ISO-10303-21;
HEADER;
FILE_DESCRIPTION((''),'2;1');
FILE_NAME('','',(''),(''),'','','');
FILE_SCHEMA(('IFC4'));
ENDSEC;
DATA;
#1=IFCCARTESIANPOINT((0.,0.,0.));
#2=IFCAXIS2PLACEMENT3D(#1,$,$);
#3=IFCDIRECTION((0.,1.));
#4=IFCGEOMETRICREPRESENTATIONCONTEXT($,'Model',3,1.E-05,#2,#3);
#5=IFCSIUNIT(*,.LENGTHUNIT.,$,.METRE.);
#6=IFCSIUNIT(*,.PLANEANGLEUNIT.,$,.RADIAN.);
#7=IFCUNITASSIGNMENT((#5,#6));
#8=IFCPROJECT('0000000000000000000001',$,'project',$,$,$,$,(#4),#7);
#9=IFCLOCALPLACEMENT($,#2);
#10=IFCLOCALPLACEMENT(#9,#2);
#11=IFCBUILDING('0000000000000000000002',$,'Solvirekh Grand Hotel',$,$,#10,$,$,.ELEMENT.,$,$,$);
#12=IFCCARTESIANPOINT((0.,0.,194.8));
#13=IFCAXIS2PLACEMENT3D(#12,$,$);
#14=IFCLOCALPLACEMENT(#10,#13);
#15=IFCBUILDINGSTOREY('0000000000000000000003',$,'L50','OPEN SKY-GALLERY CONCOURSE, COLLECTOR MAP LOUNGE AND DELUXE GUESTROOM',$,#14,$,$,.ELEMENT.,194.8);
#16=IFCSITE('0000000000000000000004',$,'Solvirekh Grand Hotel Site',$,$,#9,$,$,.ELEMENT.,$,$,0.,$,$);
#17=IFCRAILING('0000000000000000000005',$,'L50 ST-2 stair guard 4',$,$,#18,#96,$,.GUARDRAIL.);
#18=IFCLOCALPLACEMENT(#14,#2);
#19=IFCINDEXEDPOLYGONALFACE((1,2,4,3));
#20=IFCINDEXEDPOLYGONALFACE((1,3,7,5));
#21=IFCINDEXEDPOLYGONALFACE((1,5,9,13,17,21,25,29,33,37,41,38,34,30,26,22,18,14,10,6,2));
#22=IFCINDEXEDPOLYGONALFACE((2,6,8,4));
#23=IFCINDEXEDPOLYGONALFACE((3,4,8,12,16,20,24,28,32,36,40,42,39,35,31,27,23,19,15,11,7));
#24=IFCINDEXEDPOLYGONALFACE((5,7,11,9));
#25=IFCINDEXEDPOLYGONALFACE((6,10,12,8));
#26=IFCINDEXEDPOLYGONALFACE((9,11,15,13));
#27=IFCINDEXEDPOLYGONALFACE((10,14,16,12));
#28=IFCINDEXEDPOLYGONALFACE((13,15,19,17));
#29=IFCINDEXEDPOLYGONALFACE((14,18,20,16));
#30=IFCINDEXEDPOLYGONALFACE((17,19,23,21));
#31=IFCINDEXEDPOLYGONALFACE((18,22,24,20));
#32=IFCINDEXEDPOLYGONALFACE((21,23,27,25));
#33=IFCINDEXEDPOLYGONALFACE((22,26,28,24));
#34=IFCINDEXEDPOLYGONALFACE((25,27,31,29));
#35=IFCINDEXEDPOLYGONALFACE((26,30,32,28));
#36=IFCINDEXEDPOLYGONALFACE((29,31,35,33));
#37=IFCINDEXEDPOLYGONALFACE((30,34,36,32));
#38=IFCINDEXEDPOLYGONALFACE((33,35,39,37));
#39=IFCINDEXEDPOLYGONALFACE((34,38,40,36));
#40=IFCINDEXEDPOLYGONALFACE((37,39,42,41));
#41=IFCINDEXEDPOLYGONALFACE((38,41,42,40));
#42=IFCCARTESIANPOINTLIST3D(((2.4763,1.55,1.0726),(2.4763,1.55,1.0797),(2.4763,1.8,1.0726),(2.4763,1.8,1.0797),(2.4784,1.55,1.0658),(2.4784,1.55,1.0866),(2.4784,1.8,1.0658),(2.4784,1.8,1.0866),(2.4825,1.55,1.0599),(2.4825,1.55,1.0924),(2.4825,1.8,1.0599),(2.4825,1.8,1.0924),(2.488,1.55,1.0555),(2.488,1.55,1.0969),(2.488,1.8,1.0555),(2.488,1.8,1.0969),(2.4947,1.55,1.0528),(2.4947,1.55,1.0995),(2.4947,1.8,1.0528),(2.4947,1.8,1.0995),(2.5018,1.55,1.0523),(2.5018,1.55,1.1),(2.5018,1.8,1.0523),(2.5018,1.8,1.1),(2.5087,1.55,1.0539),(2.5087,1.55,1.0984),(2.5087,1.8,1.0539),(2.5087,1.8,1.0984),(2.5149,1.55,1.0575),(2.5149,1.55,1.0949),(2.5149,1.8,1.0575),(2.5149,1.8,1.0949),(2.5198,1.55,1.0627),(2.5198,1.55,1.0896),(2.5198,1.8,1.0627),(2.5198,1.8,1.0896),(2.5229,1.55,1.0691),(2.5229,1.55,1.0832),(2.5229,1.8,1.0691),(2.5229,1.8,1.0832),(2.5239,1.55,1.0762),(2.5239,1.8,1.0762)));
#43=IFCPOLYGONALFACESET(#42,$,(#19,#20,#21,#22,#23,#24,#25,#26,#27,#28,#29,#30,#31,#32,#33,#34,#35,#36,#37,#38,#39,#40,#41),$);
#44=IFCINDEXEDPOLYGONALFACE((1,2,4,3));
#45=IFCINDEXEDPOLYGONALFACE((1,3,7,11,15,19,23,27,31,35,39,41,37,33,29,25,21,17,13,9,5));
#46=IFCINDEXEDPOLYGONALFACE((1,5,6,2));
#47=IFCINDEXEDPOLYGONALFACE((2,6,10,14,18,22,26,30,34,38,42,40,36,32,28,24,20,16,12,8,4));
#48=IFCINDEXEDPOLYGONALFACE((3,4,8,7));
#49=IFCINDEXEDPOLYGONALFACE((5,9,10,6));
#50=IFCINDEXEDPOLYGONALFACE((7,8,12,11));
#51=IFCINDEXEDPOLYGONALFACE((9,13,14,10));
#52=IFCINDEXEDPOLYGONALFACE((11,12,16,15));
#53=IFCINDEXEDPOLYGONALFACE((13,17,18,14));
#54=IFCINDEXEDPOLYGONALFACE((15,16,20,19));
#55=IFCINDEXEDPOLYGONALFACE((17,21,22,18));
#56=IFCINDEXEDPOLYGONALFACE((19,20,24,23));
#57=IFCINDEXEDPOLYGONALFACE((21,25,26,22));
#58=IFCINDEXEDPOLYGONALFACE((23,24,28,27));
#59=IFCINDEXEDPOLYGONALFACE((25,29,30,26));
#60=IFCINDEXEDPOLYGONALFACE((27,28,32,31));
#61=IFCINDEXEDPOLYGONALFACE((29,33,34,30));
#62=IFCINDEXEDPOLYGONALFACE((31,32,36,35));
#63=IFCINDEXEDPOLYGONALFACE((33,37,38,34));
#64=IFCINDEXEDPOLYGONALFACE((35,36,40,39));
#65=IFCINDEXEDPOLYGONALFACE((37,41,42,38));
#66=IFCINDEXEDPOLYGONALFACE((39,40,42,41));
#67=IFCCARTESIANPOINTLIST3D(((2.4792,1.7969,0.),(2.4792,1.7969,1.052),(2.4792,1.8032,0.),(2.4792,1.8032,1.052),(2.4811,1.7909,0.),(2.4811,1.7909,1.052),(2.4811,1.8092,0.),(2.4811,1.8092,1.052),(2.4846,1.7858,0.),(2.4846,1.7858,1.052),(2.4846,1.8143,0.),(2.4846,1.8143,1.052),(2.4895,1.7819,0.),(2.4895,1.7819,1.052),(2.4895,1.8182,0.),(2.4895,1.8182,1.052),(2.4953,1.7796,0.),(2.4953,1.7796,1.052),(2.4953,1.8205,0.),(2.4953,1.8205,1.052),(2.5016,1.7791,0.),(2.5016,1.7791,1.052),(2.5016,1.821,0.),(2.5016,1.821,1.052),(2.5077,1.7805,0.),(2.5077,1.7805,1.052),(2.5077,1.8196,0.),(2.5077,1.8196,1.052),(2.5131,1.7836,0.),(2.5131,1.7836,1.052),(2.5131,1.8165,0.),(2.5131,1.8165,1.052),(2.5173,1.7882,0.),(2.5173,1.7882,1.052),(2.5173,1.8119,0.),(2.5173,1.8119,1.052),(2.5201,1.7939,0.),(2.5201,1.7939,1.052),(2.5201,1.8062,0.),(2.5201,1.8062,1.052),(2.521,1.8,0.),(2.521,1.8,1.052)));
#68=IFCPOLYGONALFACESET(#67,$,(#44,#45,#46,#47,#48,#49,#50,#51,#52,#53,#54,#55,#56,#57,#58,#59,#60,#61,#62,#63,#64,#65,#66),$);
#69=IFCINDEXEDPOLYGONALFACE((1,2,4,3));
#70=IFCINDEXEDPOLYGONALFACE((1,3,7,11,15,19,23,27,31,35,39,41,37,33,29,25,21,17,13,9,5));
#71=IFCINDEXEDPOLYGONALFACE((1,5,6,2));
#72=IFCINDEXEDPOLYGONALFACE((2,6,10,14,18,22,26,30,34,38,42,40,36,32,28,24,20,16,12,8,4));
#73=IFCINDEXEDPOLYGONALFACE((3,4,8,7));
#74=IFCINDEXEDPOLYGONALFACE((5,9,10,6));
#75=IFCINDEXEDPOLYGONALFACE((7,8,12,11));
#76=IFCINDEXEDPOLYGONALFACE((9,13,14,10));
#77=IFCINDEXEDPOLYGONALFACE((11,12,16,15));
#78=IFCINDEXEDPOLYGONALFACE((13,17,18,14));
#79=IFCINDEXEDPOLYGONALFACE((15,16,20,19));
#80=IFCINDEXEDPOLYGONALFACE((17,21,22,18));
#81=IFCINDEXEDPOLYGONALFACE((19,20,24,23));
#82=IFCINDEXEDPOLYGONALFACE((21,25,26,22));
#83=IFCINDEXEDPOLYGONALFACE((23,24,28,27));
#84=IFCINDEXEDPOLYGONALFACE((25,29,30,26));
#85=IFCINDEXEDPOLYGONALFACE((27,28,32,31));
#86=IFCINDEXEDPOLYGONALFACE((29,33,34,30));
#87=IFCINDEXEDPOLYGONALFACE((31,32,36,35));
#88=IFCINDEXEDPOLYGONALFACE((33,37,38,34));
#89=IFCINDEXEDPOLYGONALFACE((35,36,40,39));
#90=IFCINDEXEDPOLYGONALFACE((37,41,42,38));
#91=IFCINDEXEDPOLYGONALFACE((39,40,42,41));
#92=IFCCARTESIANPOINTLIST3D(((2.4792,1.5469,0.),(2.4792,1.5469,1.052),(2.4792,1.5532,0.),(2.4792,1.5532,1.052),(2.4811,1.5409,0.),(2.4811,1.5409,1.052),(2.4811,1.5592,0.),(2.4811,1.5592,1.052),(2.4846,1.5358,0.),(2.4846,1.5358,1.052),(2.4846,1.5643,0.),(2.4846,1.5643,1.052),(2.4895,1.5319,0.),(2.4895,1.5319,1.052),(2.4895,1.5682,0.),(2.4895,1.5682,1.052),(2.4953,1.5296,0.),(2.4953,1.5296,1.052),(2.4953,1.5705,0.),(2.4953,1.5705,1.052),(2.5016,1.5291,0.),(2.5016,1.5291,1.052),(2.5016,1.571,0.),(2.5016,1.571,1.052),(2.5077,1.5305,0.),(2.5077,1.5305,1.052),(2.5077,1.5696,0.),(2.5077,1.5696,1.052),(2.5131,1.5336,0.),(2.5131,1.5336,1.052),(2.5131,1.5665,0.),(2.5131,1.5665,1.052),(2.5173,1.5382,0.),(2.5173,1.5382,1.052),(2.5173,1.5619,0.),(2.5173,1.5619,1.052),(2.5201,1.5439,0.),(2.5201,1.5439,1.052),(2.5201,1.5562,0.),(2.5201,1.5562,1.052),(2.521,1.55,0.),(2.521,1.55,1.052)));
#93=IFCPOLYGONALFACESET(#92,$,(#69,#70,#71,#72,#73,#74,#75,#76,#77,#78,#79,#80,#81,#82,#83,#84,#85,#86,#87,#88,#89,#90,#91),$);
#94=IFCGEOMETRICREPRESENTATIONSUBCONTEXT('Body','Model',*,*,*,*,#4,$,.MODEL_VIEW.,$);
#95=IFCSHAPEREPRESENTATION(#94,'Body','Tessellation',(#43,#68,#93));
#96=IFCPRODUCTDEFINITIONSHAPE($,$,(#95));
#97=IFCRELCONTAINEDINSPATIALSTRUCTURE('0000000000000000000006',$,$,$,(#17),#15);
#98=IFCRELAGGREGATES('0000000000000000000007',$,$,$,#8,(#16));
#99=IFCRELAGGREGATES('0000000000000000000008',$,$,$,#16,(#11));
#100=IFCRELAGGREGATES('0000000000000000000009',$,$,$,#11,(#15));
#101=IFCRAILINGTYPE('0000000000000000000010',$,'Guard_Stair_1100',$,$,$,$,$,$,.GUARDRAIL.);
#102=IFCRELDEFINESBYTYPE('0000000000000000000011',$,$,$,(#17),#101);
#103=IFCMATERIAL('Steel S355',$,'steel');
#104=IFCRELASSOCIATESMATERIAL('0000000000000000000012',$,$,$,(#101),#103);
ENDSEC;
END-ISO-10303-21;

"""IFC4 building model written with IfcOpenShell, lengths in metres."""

from ifc_helpers import new_model, si_unit, direction, frame, origin, origin_2d, place, context, subcontext, project, spatial, circle, extrude, material, type_object, element, save


model = new_model("IFC4")

# Units and contexts
model_context = context("Model", 3, precision=1e-05, world=origin(), true_north=direction((0.0, 1.0)))
body_context = subcontext(model_context, "Body", "Model", "MODEL_VIEW")
ifc_project = project(units=[si_unit("LENGTHUNIT", "METRE"), si_unit("PLANEANGLEUNIT", "RADIAN")], contexts=[model_context])

# Site, building, storey
site_placement = place(None, origin())
site = spatial("IfcSite", under=ifc_project, at=site_placement, Name="Solvirekh Grand Hotel Site", CompositionType="ELEMENT", RefElevation=0.0)
building_placement = place(site_placement, origin())
building = spatial("IfcBuilding", under=site, at=building_placement, Name="Solvirekh Grand Hotel", CompositionType="ELEMENT")
storey_placement = place(building_placement, frame((0.0, 0.0, 194.8)))
storey = spatial("IfcBuildingStorey", under=building, at=storey_placement, Name="L50", Description="OPEN SKY-GALLERY CONCOURSE, COLLECTOR MAP LOUNGE AND DELUXE GUESTROOM", CompositionType="ELEMENT", Elevation=194.8)

# Shared definitions
ifc_material_1 = material(Name="Steel S355", Category="steel")

# Railing
railing_type_1 = type_object("IfcRailingType", Name="Guard_Stair_1100", PredefinedType="GUARDRAIL", material=ifc_material_1)
railing_1_placement = place(storey_placement, frame((2.5, 1.8, 0.0)))
element("IfcRailing", 1, at=railing_1_placement, inside=storey, type_object=railing_type_1, Name="L50 ST-2 stair guard 4", PredefinedType="GUARDRAIL", context=body_context, shape_type="SweptSolid", body=[
    extrude(circle(Radius=0.0239, at=origin_2d()), frame((0.0, 0.0, 1.0762), z_axis=(0.0, -1.0, 0.0), x_axis=(1.0, 0.0, 0.0)), (0.0, 0.0, 1.0), 0.25),
    extrude(circle(Radius=0.021, at=origin_2d()), origin(), (0.0, 0.0, 1.0), 1.052),
    extrude(circle(Radius=0.021, at=origin_2d()), frame((0.0, -0.25, 0.0)), (0.0, 0.0, 1.0), 1.052),
])

save(model, "model.ifc")
